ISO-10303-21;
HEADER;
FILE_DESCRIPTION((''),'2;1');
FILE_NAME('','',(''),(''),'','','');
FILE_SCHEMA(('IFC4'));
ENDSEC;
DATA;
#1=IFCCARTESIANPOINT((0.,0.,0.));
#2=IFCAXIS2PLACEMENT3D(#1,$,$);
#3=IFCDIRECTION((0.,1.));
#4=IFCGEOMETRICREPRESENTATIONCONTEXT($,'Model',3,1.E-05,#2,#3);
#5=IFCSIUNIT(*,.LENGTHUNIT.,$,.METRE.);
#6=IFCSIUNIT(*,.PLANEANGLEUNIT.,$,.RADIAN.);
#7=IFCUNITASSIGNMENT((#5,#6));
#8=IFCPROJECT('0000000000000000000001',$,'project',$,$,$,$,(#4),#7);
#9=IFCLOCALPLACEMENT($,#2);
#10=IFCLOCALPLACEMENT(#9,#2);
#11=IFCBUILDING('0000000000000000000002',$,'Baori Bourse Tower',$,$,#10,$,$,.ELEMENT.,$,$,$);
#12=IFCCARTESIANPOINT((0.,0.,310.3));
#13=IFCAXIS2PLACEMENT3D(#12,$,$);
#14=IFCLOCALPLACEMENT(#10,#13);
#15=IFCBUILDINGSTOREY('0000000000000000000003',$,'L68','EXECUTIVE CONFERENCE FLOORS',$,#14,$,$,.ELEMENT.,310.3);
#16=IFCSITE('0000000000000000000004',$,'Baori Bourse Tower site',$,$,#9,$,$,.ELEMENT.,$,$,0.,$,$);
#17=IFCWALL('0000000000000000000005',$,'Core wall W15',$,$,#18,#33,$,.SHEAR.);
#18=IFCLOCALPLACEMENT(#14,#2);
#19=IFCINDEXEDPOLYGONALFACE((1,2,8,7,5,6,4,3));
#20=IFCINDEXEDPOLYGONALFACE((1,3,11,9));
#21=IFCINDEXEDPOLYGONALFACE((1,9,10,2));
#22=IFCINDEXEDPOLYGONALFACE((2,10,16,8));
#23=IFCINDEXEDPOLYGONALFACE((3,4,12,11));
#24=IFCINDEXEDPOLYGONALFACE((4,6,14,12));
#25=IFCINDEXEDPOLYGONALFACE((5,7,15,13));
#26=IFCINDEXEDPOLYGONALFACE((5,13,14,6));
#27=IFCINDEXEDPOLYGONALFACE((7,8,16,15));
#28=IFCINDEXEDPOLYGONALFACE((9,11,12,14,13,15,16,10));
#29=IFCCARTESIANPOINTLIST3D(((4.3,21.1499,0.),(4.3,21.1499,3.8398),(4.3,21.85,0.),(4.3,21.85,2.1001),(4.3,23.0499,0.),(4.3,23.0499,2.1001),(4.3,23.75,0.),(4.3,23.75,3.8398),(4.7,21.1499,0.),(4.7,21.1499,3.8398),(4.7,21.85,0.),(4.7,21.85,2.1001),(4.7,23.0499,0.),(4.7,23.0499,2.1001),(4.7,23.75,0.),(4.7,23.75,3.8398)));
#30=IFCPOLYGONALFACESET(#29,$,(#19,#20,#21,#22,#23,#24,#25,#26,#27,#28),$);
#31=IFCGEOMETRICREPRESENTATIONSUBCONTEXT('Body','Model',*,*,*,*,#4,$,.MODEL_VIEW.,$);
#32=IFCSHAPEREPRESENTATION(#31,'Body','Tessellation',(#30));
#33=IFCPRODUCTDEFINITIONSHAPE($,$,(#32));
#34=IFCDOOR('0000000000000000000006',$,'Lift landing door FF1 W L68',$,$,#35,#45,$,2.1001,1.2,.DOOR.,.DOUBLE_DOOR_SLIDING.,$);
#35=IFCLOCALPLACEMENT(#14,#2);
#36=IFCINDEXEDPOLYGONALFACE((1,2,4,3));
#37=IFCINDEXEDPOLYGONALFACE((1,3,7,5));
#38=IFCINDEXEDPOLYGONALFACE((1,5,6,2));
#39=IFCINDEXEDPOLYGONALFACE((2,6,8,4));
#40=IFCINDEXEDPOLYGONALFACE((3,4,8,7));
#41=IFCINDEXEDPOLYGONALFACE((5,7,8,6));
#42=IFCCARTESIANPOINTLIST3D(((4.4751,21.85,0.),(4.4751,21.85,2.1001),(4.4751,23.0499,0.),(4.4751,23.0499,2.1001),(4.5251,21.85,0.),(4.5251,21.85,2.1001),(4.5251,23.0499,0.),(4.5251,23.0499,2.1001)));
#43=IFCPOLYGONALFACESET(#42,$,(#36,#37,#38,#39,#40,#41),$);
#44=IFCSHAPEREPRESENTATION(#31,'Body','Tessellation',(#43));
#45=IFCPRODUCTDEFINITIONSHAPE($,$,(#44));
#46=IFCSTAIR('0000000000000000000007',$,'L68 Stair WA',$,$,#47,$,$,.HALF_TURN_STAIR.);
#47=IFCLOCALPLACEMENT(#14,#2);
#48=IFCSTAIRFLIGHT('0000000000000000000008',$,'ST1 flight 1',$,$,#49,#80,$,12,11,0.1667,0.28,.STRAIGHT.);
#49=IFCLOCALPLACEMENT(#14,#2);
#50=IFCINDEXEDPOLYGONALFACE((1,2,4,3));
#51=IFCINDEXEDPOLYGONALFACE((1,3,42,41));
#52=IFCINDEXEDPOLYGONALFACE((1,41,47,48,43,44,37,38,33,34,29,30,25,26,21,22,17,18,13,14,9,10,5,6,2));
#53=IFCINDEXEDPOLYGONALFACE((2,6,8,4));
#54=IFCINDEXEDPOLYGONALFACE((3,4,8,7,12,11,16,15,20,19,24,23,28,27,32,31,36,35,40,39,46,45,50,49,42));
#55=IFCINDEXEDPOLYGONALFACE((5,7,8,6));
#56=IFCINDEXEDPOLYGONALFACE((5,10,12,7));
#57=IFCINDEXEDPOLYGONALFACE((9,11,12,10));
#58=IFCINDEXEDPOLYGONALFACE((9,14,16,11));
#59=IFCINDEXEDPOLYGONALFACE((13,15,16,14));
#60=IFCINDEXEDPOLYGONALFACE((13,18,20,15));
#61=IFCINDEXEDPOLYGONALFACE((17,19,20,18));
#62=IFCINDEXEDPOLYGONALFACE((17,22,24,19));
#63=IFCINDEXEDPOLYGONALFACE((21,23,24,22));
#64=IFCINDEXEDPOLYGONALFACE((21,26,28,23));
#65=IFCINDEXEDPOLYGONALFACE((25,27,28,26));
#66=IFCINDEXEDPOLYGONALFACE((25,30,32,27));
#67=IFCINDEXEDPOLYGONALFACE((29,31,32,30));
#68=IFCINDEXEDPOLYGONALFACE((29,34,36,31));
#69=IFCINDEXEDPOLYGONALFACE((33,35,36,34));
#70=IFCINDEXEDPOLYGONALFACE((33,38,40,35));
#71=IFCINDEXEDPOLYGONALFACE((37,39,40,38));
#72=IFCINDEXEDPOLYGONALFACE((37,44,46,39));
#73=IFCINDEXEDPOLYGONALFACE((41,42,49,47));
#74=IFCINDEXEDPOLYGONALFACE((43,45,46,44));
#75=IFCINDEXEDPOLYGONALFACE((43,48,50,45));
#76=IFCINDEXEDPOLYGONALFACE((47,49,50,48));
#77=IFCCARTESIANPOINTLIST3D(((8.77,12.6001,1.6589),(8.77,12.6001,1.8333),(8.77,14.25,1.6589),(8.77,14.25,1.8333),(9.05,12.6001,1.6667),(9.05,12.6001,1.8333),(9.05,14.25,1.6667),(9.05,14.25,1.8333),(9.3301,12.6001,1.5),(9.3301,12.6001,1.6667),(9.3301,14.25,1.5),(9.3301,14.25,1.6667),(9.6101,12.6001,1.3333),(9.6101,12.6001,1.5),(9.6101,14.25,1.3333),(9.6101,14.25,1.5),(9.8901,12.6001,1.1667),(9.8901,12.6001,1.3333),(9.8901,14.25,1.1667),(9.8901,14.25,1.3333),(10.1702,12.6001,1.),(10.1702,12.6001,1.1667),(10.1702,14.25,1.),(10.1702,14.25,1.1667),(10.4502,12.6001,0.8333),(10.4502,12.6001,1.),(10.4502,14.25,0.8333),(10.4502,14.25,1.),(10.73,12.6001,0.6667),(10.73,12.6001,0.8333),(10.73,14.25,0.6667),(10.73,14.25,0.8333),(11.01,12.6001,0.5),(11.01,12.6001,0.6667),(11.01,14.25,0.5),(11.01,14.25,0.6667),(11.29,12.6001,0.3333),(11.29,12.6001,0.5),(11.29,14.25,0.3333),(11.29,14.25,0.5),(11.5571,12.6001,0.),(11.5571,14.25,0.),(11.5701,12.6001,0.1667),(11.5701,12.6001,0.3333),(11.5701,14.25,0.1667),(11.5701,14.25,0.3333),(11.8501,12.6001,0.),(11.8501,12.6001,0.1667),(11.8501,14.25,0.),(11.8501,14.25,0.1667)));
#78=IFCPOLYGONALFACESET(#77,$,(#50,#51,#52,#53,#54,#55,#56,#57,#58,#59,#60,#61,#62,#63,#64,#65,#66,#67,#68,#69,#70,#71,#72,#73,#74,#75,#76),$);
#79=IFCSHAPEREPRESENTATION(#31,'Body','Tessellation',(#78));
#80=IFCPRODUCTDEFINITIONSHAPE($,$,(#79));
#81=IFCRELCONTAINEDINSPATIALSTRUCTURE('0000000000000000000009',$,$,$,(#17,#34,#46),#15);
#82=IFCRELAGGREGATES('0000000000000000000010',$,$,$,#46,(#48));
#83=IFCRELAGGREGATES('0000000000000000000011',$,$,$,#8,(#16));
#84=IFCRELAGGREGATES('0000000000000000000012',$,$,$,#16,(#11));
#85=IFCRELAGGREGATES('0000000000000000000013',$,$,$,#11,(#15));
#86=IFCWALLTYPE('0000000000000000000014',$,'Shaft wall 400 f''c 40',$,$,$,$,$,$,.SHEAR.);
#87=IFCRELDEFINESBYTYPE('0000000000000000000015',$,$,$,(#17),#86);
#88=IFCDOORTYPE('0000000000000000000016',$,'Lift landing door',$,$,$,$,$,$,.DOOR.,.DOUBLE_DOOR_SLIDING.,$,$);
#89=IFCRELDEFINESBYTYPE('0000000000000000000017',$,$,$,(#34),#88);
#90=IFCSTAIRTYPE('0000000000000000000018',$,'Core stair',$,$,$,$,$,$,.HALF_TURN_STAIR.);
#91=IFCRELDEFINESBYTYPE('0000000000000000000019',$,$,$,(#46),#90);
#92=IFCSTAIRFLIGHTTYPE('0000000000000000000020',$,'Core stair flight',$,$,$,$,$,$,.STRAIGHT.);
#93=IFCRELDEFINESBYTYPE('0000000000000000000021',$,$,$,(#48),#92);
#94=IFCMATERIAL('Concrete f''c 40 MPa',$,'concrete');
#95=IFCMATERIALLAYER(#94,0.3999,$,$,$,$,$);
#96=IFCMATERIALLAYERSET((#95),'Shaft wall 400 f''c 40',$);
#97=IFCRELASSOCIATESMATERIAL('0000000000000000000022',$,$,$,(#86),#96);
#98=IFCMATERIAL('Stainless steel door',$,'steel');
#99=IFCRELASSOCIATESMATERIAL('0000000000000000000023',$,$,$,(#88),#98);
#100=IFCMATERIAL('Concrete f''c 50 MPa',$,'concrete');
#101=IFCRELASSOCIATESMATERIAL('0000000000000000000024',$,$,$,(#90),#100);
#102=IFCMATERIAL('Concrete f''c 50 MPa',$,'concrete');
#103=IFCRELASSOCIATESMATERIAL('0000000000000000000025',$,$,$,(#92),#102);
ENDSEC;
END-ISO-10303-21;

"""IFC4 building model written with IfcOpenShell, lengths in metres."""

from ifc_helpers import new_model, si_unit, direction, frame, frame_2d, origin, place, context, subcontext, project, spatial, polyline, rectangle, outline, extrude, material, layer, layer_set, type_object, element, fill, aggregate, save


model = new_model("IFC4")

# Units and contexts
model_context = context("Model", 3, precision=1e-05, world=origin(), true_north=direction((0.0, 1.0)))
body_context = subcontext(model_context, "Body", "Model", "MODEL_VIEW")
ifc_project = project(units=[si_unit("LENGTHUNIT", "METRE"), si_unit("PLANEANGLEUNIT", "RADIAN")], contexts=[model_context])

# Site, building, storey
site_placement = place(None, origin())
site = spatial("IfcSite", under=ifc_project, at=site_placement, Name="Baori Bourse Tower site", CompositionType="ELEMENT", RefElevation=0.0)
building_placement = place(site_placement, origin())
building = spatial("IfcBuilding", under=site, at=building_placement, Name="Baori Bourse Tower", CompositionType="ELEMENT")
storey_placement = place(building_placement, frame((0.0, 0.0, 310.3)))
storey = spatial("IfcBuildingStorey", under=building, at=storey_placement, Name="L68", Description="EXECUTIVE CONFERENCE FLOORS", CompositionType="ELEMENT", Elevation=310.3)

# Shared definitions
ifc_material_1 = material(Name="Concrete f'c 40 MPa", Category="concrete")
ifc_layer_1 = layer(ifc_material_1, 0.3999)
ifc_layer_set_1 = layer_set([ifc_layer_1], Name="Shaft wall 400 f'c 40")
wall_type_1 = type_object("IfcWallType", Name="Shaft wall 400 f'c 40", PredefinedType="SHEAR", material=ifc_layer_set_1)

# Wall, opening, door
wall_1_placement = place(storey_placement, frame((4.5, 21.1499, 0.0), z_axis=(0.0, 0.0, 1.0), x_axis=(0.0, 1.0, 0.0)))
wall_1 = element("IfcWall", 1, at=wall_1_placement, inside=storey, type_object=wall_type_1, Name="Core wall W15", PredefinedType="SHEAR", context=body_context, shape_type="SweptSolid", body=[
    extrude(rectangle(XDim=2.6001, YDim=0.3999, at=frame_2d((1.3, 0.0))), origin(), (0.0, 0.0, 1.0), 3.8398),
])
opening_1_placement = place(wall_1_placement, frame((0.7, 0.0, 0.0)))
opening_1 = element("IfcOpeningElement", 2, at=opening_1_placement, cuts=wall_1, PredefinedType="OPENING", context=body_context, shape_type="SweptSolid", body=[
    extrude(rectangle(XDim=1.2, YDim=2.1001, at=frame_2d((0.6001, 1.05))), frame((0.0, 0.21, 0.0), z_axis=(0.0, -1.0, 0.0), x_axis=(1.0, 0.0, 0.0)), (0.0, 0.0, 1.0), 0.4199),
])
ifc_material_2 = material(Name="Stainless steel door", Category="steel")
door_type_1 = type_object("IfcDoorType", Name="Lift landing door", OperationType="DOUBLE_DOOR_SLIDING", PredefinedType="DOOR", material=ifc_material_2)
door_1_placement = place(opening_1_placement, origin())
door_1 = element("IfcDoor", 3, at=door_1_placement, inside=storey, type_object=door_type_1, Name="Lift landing door FF1 W L68", OperationType="DOUBLE_DOOR_SLIDING", OverallHeight=2.1001, OverallWidth=1.2, PredefinedType="DOOR", context=body_context, shape_type="SweptSolid", body=[
    extrude(rectangle(XDim=1.2, YDim=2.1001, at=frame_2d((0.6001, 1.05))), frame((0.0, 0.0249, 0.0), z_axis=(0.0, -1.0, 0.0), x_axis=(1.0, 0.0, 0.0)), (0.0, 0.0, 1.0), 0.05),
])
fill(opening_1, door_1)

# Stair, stair flight
ifc_material_3 = material(Name="Concrete f'c 50 MPa", Category="concrete")
stair_type = type_object("IfcStairType", Name="Core stair", PredefinedType="HALF_TURN_STAIR", material=ifc_material_3)
stair_placement = place(storey_placement, origin())
stair = element("IfcStair", 4, at=stair_placement, inside=storey, type_object=stair_type, Name="L68 Stair WA", PredefinedType="HALF_TURN_STAIR")
ifc_material_4 = material(Name="Concrete f'c 50 MPa", Category="concrete")
stair_flight_type = type_object("IfcStairFlightType", Name="Core stair flight", PredefinedType="STRAIGHT", material=ifc_material_4)
stair_flight_placement = place(storey_placement, frame((11.8501, 13.425, 0.0), z_axis=(0.0, 0.0, 1.0), x_axis=(-1.0, 0.0, 0.0)))
stair_flight = element("IfcStairFlight", 5, at=stair_flight_placement, type_object=stair_flight_type, Name="ST1 flight 1", NumberOfRisers=12, NumberOfTreads=11, PredefinedType="STRAIGHT", RiserHeight=0.1667, TreadLength=0.28, context=body_context, shape_type="SweptSolid", body=[
    extrude(outline(polyline([(0.0, 0.0), (0.0, 0.1667), (0.28, 0.1667), (0.28, 0.3333), (0.5601, 0.3333), (0.5601, 0.5), (0.8401, 0.5), (0.8401, 0.6667), (1.1201, 0.6667), (1.1201, 0.8333), (1.3999, 0.8333), (1.3999, 1.0), (1.6799, 1.0), (1.6799, 1.1667), (1.96, 1.1667), (1.96, 1.3333), (2.24, 1.3333), (2.24, 1.5), (2.52, 1.5), (2.52, 1.6667), (2.8, 1.6667), (2.8, 1.8333), (3.0801, 1.8333), (3.0801, 2.0), (3.0801, 1.6589), (0.293, 0.0), (0.0, 0.0)])), frame((0.0, 0.825, 0.0), z_axis=(0.0, -1.0, 0.0), x_axis=(1.0, 0.0, 0.0)), (0.0, 0.0, 1.0), 1.6499),
])
aggregate(stair, [stair_flight])

save(model, "model.ifc")
